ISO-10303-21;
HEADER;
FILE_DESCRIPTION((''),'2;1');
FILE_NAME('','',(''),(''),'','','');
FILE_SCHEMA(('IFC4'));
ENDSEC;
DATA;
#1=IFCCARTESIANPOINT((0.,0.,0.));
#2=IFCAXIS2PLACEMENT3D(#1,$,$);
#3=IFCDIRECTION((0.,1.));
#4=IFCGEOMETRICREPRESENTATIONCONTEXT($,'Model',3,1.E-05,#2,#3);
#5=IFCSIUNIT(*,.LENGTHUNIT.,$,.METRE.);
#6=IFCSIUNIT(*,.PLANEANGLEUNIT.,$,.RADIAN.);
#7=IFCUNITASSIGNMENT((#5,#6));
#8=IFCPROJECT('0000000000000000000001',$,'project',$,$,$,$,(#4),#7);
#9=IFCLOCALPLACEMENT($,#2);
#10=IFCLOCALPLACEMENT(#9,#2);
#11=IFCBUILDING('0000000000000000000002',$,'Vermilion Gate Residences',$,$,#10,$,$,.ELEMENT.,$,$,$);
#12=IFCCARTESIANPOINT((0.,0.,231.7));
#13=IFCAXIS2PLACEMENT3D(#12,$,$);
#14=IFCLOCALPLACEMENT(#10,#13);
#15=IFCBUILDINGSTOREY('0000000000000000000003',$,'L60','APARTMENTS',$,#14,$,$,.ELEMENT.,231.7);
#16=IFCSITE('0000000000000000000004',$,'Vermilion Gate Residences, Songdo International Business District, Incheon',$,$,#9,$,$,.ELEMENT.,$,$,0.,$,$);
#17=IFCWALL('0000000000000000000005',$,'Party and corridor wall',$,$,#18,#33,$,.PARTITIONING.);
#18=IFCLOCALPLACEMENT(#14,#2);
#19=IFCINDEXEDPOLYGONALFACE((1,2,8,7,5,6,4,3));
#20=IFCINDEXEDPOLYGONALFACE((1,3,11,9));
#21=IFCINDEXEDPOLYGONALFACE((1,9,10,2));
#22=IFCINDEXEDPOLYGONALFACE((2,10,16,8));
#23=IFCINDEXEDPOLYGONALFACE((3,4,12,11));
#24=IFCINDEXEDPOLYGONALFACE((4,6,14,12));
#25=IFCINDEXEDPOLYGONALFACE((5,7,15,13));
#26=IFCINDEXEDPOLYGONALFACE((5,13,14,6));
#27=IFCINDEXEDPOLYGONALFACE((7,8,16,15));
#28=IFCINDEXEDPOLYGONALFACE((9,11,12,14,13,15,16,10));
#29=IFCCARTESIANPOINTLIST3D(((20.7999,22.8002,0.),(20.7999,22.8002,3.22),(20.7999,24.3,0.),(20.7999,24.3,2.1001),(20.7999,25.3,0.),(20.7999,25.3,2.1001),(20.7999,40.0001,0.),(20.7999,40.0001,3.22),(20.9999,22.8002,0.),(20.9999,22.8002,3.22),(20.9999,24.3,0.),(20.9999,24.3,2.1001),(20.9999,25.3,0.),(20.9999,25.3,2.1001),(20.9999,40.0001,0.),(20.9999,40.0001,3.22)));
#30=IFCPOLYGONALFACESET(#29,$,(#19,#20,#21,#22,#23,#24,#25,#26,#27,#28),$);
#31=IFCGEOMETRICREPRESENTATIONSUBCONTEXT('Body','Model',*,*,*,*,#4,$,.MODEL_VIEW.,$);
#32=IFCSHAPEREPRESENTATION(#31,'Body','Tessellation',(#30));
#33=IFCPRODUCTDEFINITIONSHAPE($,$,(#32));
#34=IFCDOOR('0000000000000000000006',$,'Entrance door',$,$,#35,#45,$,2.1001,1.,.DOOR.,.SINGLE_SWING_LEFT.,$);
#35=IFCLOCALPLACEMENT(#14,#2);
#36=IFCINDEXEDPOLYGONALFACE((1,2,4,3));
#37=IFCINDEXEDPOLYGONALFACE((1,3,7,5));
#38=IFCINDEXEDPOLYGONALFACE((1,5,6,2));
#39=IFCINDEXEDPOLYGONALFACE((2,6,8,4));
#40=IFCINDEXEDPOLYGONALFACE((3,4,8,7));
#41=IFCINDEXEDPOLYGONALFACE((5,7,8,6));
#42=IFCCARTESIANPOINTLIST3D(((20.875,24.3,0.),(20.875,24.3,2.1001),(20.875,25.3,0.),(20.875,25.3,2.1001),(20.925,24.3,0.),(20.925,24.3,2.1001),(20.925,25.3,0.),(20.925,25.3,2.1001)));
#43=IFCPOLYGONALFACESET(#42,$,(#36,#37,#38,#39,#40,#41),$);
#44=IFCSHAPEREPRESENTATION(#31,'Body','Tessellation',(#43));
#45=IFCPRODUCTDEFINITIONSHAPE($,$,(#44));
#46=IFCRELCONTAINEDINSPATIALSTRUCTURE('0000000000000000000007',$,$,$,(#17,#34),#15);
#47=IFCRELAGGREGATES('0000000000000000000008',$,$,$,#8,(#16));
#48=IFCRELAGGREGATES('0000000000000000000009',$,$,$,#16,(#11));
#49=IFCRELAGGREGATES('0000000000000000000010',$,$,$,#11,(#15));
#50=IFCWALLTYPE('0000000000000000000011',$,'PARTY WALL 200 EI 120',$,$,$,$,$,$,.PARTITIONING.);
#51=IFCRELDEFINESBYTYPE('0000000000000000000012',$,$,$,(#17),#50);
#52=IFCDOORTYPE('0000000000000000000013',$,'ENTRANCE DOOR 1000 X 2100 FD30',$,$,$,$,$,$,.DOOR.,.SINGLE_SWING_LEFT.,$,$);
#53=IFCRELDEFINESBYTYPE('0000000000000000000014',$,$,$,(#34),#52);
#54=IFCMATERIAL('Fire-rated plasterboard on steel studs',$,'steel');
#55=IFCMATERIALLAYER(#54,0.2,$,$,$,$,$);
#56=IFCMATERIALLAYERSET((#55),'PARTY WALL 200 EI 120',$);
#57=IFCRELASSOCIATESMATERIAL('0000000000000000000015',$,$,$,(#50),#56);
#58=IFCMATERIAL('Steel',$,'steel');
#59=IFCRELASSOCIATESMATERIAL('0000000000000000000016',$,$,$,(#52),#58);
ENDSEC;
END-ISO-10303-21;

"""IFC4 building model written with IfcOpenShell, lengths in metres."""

from ifc_helpers import new_model, si_unit, direction, frame, frame_2d, origin, place, context, subcontext, project, spatial, rectangle, extrude, material, layer, layer_set, type_object, element, fill, save


model = new_model("IFC4")

# Units and contexts
model_context = context("Model", 3, precision=1e-05, world=origin(), true_north=direction((0.0, 1.0)))
body_context = subcontext(model_context, "Body", "Model", "MODEL_VIEW")
ifc_project = project(units=[si_unit("LENGTHUNIT", "METRE"), si_unit("PLANEANGLEUNIT", "RADIAN")], contexts=[model_context])

# Site, building, storey
site_placement = place(None, origin())
site = spatial("IfcSite", under=ifc_project, at=site_placement, Name="Vermilion Gate Residences, Songdo International Business District, Incheon", CompositionType="ELEMENT", RefElevation=0.0)
building_placement = place(site_placement, origin())
building = spatial("IfcBuilding", under=site, at=building_placement, Name="Vermilion Gate Residences", CompositionType="ELEMENT")
storey_placement = place(building_placement, frame((0.0, 0.0, 231.7)))
storey = spatial("IfcBuildingStorey", under=building, at=storey_placement, Name="L60", Description="APARTMENTS", CompositionType="ELEMENT", Elevation=231.7)

# Shared definitions
ifc_material_1 = material(Name="Fire-rated plasterboard on steel studs", Category="steel")
ifc_layer_1 = layer(ifc_material_1, 0.2)
ifc_layer_set_1 = layer_set([ifc_layer_1], Name="PARTY WALL 200 EI 120")
wall_type_1 = type_object("IfcWallType", Name="PARTY WALL 200 EI 120", PredefinedType="PARTITIONING", material=ifc_layer_set_1)

# Wall, opening, door
wall_1_placement = place(storey_placement, frame((20.8999, 22.8, 0.0), z_axis=(0.0, 0.0, 1.0), x_axis=(0.0, 1.0, 0.0)))
wall_1 = element("IfcWall", 1, at=wall_1_placement, inside=storey, type_object=wall_type_1, Name="Party and corridor wall", PredefinedType="PARTITIONING", context=body_context, shape_type="SweptSolid", body=[
    extrude(rectangle(XDim=17.2, YDim=0.2, at=frame_2d((8.6001, 0.0))), origin(), (0.0, 0.0, 1.0), 3.22),
])
opening_1_placement = place(wall_1_placement, frame((1.5, 0.0, 0.0)))
opening_1 = element("IfcOpeningElement", 2, at=opening_1_placement, cuts=wall_1, PredefinedType="OPENING", context=body_context, shape_type="SweptSolid", body=[
    extrude(rectangle(XDim=1.0, YDim=2.1001, at=frame_2d((0.5, 1.05))), frame((0.0, 0.1099, 0.0), z_axis=(0.0, -1.0, 0.0), x_axis=(1.0, 0.0, 0.0)), (0.0, 0.0, 1.0), 0.22),
])
ifc_material_2 = material(Name="Steel", Category="steel")
door_type_1 = type_object("IfcDoorType", Name="ENTRANCE DOOR 1000 X 2100 FD30", OperationType="SINGLE_SWING_LEFT", PredefinedType="DOOR", material=ifc_material_2)
door_1_placement = place(opening_1_placement, origin())
door_1 = element("IfcDoor", 3, at=door_1_placement, inside=storey, type_object=door_type_1, Name="Entrance door", OperationType="SINGLE_SWING_LEFT", OverallHeight=2.1001, OverallWidth=1.0, PredefinedType="DOOR", context=body_context, shape_type="SweptSolid", body=[
    extrude(rectangle(XDim=1.0, YDim=2.1001, at=frame_2d((0.5, 1.05))), frame((0.0, 0.0249, 0.0), z_axis=(0.0, -1.0, 0.0), x_axis=(1.0, 0.0, 0.0)), (0.0, 0.0, 1.0), 0.05),
])
fill(opening_1, door_1)

save(model, "model.ifc")
